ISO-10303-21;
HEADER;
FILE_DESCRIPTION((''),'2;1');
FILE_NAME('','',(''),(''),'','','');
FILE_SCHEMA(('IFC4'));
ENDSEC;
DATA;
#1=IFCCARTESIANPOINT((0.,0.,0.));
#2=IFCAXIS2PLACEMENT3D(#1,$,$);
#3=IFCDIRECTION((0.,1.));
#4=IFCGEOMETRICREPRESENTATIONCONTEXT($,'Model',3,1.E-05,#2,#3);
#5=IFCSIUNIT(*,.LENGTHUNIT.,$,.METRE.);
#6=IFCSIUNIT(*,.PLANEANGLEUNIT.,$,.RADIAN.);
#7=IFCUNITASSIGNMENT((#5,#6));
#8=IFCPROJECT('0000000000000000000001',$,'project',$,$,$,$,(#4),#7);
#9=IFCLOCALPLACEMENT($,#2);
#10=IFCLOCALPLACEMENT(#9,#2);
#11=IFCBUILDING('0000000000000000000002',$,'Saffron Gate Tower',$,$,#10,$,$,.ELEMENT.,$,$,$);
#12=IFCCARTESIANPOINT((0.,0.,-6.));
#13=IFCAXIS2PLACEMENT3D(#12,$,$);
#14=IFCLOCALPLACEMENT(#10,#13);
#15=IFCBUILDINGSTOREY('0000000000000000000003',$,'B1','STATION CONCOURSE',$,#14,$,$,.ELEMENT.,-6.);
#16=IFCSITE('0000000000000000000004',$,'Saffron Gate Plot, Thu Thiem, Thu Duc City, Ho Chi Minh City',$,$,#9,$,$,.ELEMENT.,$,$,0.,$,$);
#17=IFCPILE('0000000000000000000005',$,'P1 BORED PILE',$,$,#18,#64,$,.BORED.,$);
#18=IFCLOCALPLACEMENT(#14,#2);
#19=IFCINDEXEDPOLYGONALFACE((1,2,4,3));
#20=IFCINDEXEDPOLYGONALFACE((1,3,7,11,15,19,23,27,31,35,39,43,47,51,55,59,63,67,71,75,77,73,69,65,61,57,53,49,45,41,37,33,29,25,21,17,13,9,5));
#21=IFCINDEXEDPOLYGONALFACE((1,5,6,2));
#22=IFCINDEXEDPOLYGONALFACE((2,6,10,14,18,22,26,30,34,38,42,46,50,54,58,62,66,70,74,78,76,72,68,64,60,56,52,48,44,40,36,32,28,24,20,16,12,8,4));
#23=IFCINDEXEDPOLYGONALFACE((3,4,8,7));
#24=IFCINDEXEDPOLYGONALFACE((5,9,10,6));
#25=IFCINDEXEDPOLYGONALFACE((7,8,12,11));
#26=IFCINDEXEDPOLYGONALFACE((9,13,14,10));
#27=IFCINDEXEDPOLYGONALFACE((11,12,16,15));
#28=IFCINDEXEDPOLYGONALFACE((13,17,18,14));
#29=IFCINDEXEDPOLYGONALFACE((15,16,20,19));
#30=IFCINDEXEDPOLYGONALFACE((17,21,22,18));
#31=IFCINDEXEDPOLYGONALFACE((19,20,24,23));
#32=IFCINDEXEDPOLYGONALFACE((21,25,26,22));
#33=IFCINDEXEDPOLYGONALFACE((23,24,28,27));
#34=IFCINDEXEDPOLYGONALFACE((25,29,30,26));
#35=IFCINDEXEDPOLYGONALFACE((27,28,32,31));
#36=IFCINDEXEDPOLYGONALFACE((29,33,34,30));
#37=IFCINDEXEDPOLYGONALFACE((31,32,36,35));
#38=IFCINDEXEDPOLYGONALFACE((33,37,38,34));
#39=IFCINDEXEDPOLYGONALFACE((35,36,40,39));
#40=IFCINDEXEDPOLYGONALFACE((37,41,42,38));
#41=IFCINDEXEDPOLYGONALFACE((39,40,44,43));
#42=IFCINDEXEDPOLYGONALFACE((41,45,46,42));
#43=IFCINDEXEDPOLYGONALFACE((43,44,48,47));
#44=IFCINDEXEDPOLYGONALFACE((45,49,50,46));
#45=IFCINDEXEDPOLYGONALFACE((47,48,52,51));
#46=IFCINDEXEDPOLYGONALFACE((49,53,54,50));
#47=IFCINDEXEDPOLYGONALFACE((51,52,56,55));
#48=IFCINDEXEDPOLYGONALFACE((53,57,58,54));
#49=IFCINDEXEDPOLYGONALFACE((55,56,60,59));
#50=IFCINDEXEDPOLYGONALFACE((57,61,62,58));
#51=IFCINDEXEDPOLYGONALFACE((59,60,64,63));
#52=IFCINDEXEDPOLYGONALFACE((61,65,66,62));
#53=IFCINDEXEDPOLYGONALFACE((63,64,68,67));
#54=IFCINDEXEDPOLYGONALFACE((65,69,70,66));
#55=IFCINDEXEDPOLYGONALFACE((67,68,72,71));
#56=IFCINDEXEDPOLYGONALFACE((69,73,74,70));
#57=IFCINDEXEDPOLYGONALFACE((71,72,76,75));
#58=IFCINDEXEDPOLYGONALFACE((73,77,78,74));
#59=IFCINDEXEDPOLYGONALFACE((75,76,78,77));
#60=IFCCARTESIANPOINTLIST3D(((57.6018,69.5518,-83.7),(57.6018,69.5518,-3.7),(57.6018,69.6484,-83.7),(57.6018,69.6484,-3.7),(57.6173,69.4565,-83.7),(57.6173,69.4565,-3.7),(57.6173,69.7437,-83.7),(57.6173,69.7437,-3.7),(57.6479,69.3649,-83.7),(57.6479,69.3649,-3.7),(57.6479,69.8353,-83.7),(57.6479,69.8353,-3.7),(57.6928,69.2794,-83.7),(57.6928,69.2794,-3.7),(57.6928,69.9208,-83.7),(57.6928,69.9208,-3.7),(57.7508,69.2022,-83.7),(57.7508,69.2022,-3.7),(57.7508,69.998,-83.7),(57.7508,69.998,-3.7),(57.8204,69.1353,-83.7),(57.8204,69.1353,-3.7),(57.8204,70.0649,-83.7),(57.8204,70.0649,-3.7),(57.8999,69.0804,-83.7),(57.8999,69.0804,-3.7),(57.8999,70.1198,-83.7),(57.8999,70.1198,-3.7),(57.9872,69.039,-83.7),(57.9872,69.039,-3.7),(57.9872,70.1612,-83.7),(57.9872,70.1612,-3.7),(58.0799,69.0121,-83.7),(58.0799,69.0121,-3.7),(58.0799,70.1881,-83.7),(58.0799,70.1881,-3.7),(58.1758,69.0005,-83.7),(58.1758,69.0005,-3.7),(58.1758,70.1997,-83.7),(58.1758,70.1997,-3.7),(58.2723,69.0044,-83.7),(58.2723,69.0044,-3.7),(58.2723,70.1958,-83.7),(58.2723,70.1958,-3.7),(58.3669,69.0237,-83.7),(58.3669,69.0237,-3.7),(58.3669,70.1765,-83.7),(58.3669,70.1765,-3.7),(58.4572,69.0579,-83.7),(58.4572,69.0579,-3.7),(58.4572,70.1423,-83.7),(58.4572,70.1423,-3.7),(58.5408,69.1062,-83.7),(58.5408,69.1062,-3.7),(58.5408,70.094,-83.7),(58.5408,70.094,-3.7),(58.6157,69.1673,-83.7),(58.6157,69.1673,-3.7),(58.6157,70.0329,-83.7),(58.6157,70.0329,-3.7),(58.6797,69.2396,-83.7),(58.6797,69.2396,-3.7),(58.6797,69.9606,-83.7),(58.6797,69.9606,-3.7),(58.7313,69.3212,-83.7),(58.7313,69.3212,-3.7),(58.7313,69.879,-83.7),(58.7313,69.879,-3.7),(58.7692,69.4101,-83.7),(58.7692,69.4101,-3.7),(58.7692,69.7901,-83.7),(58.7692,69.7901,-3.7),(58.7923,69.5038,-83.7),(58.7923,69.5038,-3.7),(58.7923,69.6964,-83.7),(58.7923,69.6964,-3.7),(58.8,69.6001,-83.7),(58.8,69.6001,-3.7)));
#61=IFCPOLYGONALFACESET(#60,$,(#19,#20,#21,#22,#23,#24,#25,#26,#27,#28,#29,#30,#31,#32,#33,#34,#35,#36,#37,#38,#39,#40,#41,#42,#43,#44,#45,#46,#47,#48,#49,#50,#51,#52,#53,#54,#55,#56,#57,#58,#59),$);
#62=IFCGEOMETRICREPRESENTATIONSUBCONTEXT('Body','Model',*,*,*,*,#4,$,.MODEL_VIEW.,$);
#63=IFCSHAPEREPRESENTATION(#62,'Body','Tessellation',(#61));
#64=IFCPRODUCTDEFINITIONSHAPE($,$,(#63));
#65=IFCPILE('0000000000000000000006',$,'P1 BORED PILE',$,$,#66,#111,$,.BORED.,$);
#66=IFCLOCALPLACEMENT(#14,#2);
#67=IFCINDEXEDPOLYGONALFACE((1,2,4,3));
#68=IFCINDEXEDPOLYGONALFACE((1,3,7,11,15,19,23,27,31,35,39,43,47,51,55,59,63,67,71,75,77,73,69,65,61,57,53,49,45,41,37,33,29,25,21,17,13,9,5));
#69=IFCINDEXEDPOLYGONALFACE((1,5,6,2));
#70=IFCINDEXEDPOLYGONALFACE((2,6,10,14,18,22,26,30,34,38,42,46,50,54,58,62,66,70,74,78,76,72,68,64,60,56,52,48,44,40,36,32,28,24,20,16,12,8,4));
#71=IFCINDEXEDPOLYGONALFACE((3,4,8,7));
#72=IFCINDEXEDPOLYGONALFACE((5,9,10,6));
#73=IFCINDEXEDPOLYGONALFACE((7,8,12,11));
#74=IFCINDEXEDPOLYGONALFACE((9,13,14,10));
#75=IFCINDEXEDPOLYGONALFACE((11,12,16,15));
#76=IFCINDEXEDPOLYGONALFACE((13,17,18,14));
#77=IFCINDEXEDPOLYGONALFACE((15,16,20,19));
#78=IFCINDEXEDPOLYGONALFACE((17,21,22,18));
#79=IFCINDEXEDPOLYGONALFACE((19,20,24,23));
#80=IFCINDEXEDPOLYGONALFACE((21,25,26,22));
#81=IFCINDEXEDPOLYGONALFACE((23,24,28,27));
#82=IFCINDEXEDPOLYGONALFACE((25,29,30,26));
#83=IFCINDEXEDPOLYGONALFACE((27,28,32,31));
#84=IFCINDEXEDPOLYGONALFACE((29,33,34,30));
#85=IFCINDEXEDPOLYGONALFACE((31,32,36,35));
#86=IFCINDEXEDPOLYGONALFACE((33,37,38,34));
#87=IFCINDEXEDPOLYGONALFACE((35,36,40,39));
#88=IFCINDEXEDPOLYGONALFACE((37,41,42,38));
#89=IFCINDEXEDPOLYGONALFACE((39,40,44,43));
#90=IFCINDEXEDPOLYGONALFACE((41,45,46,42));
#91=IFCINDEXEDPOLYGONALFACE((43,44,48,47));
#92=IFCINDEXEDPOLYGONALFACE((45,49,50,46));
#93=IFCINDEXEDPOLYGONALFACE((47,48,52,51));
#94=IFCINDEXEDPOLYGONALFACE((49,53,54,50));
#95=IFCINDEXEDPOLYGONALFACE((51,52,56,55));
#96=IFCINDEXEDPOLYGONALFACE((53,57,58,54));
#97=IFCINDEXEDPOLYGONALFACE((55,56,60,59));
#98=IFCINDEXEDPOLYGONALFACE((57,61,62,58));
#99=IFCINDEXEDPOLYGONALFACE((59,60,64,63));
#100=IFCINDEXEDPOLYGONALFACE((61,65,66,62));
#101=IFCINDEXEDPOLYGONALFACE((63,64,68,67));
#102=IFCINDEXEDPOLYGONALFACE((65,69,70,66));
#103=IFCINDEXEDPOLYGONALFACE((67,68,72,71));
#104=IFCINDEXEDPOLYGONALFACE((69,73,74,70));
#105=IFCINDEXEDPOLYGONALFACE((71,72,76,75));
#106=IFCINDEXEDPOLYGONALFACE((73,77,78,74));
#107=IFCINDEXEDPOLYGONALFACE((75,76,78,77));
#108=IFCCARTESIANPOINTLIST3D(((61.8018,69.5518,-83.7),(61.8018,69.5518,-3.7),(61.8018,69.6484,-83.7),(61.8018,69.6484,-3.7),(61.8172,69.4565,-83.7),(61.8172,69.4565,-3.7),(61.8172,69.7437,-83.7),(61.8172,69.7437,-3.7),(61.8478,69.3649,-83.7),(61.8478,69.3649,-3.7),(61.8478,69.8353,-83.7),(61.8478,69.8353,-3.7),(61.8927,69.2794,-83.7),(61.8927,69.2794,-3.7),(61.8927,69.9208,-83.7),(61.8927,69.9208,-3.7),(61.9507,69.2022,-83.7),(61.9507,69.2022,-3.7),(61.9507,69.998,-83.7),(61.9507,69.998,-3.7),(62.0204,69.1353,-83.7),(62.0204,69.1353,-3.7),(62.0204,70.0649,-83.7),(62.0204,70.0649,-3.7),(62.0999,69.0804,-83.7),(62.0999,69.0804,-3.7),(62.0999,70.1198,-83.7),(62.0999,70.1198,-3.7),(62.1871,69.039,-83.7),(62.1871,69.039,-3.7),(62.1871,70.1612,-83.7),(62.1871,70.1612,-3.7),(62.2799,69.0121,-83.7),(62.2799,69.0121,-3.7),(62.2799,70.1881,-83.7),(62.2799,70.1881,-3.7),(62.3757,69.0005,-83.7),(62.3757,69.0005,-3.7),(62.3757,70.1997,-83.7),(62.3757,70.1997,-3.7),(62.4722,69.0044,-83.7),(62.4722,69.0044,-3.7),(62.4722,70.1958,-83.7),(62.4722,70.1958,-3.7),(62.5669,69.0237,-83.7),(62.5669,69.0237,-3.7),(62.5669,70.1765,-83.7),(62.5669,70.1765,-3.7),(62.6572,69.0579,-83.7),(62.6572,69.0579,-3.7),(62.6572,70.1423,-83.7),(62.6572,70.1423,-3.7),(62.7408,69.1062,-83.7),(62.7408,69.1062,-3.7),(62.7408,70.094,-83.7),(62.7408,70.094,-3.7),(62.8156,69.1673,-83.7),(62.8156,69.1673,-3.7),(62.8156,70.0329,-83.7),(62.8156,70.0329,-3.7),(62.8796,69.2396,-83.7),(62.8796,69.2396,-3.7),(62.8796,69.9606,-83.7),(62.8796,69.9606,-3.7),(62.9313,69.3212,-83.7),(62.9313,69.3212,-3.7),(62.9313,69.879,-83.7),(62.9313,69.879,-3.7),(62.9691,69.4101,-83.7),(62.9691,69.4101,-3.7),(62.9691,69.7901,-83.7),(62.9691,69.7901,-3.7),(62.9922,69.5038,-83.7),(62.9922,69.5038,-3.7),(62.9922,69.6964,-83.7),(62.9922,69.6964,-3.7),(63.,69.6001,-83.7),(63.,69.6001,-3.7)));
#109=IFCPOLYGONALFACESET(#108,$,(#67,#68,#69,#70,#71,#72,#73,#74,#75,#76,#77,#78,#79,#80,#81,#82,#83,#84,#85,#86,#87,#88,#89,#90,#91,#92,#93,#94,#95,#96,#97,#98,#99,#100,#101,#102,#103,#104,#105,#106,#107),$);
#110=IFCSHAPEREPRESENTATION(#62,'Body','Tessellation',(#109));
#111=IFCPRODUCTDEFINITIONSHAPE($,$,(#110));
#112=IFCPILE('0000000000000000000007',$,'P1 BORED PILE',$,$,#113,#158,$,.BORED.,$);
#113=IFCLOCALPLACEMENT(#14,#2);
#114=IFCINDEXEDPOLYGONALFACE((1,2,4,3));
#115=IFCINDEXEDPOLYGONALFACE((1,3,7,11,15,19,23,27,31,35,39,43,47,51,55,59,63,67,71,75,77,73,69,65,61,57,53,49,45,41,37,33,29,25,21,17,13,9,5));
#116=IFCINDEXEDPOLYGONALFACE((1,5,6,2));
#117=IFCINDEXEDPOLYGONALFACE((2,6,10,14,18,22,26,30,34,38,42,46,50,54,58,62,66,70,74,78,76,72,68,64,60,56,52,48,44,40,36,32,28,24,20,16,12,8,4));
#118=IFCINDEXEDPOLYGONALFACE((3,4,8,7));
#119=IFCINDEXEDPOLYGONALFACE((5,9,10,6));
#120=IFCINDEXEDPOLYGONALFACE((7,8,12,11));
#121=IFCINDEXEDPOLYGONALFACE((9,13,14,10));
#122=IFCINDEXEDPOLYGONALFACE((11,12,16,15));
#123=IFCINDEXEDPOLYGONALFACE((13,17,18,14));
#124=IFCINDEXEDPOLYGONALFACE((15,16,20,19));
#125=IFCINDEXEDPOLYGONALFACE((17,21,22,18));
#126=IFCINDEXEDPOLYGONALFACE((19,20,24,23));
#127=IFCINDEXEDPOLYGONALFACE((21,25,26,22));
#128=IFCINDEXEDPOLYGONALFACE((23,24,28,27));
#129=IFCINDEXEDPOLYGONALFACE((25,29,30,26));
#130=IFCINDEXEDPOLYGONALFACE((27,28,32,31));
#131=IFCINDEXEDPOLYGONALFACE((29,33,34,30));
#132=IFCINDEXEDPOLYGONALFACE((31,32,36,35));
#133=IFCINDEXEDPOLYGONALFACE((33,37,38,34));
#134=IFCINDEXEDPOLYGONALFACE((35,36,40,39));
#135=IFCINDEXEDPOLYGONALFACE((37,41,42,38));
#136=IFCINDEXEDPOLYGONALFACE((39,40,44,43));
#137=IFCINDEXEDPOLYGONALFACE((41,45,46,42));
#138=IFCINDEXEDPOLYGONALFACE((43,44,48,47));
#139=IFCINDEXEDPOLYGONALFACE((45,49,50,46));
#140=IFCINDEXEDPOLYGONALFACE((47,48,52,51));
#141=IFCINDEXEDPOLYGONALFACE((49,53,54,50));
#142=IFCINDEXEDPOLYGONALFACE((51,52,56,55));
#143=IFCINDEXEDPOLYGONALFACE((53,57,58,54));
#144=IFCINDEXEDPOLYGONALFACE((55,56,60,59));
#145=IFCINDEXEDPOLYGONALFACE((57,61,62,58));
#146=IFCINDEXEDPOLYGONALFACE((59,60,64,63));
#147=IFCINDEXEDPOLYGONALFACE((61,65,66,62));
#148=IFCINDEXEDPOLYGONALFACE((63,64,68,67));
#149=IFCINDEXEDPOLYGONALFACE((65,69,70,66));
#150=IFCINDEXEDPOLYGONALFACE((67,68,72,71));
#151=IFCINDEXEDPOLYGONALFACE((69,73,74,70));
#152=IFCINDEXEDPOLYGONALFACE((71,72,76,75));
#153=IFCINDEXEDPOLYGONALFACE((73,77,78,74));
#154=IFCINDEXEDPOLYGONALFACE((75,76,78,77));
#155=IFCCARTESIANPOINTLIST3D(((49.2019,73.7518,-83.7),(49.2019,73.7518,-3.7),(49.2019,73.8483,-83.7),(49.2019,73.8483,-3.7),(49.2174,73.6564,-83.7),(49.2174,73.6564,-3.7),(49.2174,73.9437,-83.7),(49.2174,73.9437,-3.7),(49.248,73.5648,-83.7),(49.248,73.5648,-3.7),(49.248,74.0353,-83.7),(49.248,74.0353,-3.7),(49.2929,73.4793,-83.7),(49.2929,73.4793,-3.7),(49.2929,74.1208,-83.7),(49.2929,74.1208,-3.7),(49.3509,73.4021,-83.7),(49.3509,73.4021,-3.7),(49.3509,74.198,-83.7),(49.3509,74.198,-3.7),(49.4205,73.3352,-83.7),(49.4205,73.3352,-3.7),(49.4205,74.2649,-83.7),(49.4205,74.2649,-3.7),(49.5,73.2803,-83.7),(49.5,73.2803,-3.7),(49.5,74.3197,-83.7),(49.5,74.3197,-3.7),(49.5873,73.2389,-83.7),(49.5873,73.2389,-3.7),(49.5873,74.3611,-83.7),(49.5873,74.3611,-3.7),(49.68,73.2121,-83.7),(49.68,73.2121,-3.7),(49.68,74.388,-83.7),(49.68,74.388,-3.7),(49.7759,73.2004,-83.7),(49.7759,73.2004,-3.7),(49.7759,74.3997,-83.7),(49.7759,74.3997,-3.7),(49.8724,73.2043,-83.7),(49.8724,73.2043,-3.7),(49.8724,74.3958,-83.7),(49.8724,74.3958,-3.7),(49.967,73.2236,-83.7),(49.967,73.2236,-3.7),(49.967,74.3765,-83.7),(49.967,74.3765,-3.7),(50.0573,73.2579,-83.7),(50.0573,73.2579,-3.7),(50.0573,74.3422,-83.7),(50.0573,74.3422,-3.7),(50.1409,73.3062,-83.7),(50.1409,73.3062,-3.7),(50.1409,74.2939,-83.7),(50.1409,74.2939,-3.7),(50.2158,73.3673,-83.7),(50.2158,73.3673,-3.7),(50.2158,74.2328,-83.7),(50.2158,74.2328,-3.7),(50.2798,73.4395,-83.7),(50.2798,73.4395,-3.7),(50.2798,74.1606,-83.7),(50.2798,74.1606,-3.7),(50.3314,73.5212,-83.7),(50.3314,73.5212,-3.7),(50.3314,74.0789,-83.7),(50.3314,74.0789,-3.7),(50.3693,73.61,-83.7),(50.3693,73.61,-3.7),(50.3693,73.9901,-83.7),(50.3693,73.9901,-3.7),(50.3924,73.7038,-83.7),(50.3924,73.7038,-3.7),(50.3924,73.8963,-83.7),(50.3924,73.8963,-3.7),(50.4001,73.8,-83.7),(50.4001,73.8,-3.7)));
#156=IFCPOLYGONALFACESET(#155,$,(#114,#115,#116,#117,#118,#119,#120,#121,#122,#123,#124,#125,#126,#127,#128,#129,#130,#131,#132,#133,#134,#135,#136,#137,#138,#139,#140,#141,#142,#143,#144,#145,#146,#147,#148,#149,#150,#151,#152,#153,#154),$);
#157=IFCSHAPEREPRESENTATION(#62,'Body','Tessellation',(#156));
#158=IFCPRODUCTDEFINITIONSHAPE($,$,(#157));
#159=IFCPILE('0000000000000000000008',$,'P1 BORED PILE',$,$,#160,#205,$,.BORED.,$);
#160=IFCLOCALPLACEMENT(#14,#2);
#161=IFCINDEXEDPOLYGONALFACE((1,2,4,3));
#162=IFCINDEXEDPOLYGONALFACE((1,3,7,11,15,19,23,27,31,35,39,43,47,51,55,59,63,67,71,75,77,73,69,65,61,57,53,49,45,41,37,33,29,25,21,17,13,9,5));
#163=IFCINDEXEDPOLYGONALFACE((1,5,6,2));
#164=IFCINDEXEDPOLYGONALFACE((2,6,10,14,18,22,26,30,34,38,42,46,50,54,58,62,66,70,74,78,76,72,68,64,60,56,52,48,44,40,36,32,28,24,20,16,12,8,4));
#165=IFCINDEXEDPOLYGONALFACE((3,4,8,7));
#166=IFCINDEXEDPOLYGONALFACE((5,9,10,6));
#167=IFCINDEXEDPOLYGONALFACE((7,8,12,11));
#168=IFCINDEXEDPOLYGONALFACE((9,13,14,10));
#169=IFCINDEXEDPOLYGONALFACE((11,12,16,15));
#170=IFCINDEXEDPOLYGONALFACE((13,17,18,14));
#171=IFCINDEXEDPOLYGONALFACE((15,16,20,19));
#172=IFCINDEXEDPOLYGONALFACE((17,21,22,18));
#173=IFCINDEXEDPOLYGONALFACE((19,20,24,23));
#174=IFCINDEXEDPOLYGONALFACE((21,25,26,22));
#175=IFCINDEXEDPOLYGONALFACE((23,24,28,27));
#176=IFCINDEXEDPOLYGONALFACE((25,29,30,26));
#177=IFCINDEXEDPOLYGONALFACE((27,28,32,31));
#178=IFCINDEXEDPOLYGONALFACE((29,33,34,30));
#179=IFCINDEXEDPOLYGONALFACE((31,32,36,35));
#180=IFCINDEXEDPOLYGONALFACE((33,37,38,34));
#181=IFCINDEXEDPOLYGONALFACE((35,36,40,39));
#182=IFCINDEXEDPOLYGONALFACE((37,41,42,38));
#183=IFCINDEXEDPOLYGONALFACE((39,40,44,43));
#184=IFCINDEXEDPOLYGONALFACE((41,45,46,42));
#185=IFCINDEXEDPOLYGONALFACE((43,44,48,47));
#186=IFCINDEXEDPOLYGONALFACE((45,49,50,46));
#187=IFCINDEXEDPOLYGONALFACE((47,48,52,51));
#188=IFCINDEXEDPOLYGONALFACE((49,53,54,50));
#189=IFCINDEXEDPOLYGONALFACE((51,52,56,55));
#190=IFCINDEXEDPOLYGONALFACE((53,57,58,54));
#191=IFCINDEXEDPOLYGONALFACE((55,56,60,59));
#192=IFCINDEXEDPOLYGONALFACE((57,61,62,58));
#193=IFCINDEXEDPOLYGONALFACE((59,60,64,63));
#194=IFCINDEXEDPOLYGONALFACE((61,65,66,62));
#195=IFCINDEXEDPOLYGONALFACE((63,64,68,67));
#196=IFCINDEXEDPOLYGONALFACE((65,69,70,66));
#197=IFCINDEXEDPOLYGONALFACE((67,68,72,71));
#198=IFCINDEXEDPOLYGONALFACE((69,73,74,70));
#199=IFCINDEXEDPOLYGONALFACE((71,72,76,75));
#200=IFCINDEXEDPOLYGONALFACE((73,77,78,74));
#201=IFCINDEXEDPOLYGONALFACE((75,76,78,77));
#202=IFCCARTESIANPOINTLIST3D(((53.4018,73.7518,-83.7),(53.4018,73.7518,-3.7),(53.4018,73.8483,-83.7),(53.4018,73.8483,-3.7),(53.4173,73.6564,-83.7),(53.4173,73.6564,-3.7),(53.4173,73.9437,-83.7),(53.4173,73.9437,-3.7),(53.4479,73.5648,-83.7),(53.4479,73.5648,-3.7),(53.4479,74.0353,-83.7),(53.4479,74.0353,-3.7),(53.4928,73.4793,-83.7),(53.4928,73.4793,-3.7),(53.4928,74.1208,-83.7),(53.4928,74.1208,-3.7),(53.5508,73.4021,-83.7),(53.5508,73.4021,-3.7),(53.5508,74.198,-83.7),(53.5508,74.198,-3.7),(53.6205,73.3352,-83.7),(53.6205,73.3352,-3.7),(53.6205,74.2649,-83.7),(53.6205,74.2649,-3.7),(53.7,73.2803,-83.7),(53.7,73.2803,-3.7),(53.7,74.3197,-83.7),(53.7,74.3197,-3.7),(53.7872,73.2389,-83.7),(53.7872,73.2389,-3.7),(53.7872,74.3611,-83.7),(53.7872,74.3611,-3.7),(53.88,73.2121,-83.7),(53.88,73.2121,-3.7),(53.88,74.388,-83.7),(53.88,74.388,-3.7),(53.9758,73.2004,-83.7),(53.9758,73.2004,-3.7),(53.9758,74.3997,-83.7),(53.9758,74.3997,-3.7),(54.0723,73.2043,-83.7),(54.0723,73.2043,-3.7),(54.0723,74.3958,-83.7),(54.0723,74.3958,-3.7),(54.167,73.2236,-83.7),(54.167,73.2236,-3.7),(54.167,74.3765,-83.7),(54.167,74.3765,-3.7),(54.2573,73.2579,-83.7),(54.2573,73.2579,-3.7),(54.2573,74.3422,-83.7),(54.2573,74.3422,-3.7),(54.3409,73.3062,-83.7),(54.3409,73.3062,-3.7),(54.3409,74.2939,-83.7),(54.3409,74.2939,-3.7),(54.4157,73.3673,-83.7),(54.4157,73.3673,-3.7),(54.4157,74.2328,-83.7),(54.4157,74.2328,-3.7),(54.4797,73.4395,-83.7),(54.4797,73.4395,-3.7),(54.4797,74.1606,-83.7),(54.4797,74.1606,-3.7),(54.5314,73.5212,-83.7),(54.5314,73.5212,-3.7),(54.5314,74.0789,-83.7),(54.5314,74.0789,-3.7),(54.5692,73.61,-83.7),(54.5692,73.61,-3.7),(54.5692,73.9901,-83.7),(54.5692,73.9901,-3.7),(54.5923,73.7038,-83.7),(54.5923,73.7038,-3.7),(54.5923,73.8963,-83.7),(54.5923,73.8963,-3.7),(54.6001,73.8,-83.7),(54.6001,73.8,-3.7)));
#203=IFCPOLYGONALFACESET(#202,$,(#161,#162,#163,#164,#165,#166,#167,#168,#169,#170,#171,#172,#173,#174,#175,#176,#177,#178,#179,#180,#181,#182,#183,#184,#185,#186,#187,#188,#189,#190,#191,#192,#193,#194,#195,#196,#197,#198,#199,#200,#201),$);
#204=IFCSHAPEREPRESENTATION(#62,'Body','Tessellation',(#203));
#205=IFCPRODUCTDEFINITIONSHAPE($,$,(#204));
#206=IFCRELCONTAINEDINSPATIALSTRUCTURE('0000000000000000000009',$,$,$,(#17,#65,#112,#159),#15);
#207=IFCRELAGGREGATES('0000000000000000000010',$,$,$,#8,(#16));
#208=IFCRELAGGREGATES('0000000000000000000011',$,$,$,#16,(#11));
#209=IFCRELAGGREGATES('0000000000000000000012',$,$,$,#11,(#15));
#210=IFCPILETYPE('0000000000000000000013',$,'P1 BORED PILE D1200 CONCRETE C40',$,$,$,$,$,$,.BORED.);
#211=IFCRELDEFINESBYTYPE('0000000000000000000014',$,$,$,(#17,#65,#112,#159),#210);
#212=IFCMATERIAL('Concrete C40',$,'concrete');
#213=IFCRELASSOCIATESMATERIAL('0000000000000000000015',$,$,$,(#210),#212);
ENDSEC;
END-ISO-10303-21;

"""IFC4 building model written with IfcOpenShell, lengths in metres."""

from ifc_helpers import new_model, si_unit, direction, frame, origin, origin_2d, place, context, subcontext, project, spatial, circle, extrude, material, material_profile, profile_set, type_object, element, save


model = new_model("IFC4")

# Units and contexts
model_context = context("Model", 3, precision=1e-05, world=origin(), true_north=direction((0.0, 1.0)))
body_context = subcontext(model_context, "Body", "Model", "MODEL_VIEW")
ifc_project = project(units=[si_unit("LENGTHUNIT", "METRE"), si_unit("PLANEANGLEUNIT", "RADIAN")], contexts=[model_context])

# Site, building, storey
site_placement = place(None, origin())
site = spatial("IfcSite", under=ifc_project, at=site_placement, Name="Saffron Gate Plot, Thu Thiem, Thu Duc City, Ho Chi Minh City", CompositionType="ELEMENT", RefElevation=0.0)
building_placement = place(site_placement, origin())
building = spatial("IfcBuilding", under=site, at=building_placement, Name="Saffron Gate Tower", CompositionType="ELEMENT")
storey_placement = place(building_placement, frame((0.0, 0.0, -6.0)))
storey = spatial("IfcBuildingStorey", under=building, at=storey_placement, Name="B1", Description="STATION CONCOURSE", CompositionType="ELEMENT", Elevation=-6.0)

# Piles
ifc_material_1 = material(Name="Concrete C40", Category="concrete")
ifc_material_profile_1 = material_profile(ifc_material_1, circle(Radius=0.6001, at=origin_2d()))
ifc_profile_set_1 = profile_set([ifc_material_profile_1], Name="Concrete C40")
pile_type_1 = type_object("IfcPileType", Name="P1 BORED PILE D1200 CONCRETE C40", PredefinedType="BORED", material=ifc_profile_set_1)
for number, where, z_axis, x_axis, name in (
    (1, (58.2, 69.6001, -3.7), (0.0, 0.0, -1.0), (1.0, 0.0, 0.0), "P1 BORED PILE"),
    (2, (62.3999, 69.6001, -3.7), (0.0, 0.0, -1.0), (1.0, 0.0, 0.0), "P1 BORED PILE"),
    (3, (49.8, 73.8, -3.7), (0.0, 0.0, -1.0), (1.0, 0.0, 0.0), "P1 BORED PILE"),
    (4, (54.0, 73.8, -3.7), (0.0, 0.0, -1.0), (1.0, 0.0, 0.0), "P1 BORED PILE"),
):
    element("IfcPile", number, at=place(storey_placement, frame(where, z_axis=z_axis, x_axis=x_axis)), inside=storey, type_object=pile_type_1, Name=name, PredefinedType="BORED", context=body_context, shape_type="SweptSolid", body=[
        extrude(circle(Radius=0.6001, at=origin_2d()), origin(), (0.0, 0.0, 1.0), 80.0),
    ])

save(model, "model.ifc")
